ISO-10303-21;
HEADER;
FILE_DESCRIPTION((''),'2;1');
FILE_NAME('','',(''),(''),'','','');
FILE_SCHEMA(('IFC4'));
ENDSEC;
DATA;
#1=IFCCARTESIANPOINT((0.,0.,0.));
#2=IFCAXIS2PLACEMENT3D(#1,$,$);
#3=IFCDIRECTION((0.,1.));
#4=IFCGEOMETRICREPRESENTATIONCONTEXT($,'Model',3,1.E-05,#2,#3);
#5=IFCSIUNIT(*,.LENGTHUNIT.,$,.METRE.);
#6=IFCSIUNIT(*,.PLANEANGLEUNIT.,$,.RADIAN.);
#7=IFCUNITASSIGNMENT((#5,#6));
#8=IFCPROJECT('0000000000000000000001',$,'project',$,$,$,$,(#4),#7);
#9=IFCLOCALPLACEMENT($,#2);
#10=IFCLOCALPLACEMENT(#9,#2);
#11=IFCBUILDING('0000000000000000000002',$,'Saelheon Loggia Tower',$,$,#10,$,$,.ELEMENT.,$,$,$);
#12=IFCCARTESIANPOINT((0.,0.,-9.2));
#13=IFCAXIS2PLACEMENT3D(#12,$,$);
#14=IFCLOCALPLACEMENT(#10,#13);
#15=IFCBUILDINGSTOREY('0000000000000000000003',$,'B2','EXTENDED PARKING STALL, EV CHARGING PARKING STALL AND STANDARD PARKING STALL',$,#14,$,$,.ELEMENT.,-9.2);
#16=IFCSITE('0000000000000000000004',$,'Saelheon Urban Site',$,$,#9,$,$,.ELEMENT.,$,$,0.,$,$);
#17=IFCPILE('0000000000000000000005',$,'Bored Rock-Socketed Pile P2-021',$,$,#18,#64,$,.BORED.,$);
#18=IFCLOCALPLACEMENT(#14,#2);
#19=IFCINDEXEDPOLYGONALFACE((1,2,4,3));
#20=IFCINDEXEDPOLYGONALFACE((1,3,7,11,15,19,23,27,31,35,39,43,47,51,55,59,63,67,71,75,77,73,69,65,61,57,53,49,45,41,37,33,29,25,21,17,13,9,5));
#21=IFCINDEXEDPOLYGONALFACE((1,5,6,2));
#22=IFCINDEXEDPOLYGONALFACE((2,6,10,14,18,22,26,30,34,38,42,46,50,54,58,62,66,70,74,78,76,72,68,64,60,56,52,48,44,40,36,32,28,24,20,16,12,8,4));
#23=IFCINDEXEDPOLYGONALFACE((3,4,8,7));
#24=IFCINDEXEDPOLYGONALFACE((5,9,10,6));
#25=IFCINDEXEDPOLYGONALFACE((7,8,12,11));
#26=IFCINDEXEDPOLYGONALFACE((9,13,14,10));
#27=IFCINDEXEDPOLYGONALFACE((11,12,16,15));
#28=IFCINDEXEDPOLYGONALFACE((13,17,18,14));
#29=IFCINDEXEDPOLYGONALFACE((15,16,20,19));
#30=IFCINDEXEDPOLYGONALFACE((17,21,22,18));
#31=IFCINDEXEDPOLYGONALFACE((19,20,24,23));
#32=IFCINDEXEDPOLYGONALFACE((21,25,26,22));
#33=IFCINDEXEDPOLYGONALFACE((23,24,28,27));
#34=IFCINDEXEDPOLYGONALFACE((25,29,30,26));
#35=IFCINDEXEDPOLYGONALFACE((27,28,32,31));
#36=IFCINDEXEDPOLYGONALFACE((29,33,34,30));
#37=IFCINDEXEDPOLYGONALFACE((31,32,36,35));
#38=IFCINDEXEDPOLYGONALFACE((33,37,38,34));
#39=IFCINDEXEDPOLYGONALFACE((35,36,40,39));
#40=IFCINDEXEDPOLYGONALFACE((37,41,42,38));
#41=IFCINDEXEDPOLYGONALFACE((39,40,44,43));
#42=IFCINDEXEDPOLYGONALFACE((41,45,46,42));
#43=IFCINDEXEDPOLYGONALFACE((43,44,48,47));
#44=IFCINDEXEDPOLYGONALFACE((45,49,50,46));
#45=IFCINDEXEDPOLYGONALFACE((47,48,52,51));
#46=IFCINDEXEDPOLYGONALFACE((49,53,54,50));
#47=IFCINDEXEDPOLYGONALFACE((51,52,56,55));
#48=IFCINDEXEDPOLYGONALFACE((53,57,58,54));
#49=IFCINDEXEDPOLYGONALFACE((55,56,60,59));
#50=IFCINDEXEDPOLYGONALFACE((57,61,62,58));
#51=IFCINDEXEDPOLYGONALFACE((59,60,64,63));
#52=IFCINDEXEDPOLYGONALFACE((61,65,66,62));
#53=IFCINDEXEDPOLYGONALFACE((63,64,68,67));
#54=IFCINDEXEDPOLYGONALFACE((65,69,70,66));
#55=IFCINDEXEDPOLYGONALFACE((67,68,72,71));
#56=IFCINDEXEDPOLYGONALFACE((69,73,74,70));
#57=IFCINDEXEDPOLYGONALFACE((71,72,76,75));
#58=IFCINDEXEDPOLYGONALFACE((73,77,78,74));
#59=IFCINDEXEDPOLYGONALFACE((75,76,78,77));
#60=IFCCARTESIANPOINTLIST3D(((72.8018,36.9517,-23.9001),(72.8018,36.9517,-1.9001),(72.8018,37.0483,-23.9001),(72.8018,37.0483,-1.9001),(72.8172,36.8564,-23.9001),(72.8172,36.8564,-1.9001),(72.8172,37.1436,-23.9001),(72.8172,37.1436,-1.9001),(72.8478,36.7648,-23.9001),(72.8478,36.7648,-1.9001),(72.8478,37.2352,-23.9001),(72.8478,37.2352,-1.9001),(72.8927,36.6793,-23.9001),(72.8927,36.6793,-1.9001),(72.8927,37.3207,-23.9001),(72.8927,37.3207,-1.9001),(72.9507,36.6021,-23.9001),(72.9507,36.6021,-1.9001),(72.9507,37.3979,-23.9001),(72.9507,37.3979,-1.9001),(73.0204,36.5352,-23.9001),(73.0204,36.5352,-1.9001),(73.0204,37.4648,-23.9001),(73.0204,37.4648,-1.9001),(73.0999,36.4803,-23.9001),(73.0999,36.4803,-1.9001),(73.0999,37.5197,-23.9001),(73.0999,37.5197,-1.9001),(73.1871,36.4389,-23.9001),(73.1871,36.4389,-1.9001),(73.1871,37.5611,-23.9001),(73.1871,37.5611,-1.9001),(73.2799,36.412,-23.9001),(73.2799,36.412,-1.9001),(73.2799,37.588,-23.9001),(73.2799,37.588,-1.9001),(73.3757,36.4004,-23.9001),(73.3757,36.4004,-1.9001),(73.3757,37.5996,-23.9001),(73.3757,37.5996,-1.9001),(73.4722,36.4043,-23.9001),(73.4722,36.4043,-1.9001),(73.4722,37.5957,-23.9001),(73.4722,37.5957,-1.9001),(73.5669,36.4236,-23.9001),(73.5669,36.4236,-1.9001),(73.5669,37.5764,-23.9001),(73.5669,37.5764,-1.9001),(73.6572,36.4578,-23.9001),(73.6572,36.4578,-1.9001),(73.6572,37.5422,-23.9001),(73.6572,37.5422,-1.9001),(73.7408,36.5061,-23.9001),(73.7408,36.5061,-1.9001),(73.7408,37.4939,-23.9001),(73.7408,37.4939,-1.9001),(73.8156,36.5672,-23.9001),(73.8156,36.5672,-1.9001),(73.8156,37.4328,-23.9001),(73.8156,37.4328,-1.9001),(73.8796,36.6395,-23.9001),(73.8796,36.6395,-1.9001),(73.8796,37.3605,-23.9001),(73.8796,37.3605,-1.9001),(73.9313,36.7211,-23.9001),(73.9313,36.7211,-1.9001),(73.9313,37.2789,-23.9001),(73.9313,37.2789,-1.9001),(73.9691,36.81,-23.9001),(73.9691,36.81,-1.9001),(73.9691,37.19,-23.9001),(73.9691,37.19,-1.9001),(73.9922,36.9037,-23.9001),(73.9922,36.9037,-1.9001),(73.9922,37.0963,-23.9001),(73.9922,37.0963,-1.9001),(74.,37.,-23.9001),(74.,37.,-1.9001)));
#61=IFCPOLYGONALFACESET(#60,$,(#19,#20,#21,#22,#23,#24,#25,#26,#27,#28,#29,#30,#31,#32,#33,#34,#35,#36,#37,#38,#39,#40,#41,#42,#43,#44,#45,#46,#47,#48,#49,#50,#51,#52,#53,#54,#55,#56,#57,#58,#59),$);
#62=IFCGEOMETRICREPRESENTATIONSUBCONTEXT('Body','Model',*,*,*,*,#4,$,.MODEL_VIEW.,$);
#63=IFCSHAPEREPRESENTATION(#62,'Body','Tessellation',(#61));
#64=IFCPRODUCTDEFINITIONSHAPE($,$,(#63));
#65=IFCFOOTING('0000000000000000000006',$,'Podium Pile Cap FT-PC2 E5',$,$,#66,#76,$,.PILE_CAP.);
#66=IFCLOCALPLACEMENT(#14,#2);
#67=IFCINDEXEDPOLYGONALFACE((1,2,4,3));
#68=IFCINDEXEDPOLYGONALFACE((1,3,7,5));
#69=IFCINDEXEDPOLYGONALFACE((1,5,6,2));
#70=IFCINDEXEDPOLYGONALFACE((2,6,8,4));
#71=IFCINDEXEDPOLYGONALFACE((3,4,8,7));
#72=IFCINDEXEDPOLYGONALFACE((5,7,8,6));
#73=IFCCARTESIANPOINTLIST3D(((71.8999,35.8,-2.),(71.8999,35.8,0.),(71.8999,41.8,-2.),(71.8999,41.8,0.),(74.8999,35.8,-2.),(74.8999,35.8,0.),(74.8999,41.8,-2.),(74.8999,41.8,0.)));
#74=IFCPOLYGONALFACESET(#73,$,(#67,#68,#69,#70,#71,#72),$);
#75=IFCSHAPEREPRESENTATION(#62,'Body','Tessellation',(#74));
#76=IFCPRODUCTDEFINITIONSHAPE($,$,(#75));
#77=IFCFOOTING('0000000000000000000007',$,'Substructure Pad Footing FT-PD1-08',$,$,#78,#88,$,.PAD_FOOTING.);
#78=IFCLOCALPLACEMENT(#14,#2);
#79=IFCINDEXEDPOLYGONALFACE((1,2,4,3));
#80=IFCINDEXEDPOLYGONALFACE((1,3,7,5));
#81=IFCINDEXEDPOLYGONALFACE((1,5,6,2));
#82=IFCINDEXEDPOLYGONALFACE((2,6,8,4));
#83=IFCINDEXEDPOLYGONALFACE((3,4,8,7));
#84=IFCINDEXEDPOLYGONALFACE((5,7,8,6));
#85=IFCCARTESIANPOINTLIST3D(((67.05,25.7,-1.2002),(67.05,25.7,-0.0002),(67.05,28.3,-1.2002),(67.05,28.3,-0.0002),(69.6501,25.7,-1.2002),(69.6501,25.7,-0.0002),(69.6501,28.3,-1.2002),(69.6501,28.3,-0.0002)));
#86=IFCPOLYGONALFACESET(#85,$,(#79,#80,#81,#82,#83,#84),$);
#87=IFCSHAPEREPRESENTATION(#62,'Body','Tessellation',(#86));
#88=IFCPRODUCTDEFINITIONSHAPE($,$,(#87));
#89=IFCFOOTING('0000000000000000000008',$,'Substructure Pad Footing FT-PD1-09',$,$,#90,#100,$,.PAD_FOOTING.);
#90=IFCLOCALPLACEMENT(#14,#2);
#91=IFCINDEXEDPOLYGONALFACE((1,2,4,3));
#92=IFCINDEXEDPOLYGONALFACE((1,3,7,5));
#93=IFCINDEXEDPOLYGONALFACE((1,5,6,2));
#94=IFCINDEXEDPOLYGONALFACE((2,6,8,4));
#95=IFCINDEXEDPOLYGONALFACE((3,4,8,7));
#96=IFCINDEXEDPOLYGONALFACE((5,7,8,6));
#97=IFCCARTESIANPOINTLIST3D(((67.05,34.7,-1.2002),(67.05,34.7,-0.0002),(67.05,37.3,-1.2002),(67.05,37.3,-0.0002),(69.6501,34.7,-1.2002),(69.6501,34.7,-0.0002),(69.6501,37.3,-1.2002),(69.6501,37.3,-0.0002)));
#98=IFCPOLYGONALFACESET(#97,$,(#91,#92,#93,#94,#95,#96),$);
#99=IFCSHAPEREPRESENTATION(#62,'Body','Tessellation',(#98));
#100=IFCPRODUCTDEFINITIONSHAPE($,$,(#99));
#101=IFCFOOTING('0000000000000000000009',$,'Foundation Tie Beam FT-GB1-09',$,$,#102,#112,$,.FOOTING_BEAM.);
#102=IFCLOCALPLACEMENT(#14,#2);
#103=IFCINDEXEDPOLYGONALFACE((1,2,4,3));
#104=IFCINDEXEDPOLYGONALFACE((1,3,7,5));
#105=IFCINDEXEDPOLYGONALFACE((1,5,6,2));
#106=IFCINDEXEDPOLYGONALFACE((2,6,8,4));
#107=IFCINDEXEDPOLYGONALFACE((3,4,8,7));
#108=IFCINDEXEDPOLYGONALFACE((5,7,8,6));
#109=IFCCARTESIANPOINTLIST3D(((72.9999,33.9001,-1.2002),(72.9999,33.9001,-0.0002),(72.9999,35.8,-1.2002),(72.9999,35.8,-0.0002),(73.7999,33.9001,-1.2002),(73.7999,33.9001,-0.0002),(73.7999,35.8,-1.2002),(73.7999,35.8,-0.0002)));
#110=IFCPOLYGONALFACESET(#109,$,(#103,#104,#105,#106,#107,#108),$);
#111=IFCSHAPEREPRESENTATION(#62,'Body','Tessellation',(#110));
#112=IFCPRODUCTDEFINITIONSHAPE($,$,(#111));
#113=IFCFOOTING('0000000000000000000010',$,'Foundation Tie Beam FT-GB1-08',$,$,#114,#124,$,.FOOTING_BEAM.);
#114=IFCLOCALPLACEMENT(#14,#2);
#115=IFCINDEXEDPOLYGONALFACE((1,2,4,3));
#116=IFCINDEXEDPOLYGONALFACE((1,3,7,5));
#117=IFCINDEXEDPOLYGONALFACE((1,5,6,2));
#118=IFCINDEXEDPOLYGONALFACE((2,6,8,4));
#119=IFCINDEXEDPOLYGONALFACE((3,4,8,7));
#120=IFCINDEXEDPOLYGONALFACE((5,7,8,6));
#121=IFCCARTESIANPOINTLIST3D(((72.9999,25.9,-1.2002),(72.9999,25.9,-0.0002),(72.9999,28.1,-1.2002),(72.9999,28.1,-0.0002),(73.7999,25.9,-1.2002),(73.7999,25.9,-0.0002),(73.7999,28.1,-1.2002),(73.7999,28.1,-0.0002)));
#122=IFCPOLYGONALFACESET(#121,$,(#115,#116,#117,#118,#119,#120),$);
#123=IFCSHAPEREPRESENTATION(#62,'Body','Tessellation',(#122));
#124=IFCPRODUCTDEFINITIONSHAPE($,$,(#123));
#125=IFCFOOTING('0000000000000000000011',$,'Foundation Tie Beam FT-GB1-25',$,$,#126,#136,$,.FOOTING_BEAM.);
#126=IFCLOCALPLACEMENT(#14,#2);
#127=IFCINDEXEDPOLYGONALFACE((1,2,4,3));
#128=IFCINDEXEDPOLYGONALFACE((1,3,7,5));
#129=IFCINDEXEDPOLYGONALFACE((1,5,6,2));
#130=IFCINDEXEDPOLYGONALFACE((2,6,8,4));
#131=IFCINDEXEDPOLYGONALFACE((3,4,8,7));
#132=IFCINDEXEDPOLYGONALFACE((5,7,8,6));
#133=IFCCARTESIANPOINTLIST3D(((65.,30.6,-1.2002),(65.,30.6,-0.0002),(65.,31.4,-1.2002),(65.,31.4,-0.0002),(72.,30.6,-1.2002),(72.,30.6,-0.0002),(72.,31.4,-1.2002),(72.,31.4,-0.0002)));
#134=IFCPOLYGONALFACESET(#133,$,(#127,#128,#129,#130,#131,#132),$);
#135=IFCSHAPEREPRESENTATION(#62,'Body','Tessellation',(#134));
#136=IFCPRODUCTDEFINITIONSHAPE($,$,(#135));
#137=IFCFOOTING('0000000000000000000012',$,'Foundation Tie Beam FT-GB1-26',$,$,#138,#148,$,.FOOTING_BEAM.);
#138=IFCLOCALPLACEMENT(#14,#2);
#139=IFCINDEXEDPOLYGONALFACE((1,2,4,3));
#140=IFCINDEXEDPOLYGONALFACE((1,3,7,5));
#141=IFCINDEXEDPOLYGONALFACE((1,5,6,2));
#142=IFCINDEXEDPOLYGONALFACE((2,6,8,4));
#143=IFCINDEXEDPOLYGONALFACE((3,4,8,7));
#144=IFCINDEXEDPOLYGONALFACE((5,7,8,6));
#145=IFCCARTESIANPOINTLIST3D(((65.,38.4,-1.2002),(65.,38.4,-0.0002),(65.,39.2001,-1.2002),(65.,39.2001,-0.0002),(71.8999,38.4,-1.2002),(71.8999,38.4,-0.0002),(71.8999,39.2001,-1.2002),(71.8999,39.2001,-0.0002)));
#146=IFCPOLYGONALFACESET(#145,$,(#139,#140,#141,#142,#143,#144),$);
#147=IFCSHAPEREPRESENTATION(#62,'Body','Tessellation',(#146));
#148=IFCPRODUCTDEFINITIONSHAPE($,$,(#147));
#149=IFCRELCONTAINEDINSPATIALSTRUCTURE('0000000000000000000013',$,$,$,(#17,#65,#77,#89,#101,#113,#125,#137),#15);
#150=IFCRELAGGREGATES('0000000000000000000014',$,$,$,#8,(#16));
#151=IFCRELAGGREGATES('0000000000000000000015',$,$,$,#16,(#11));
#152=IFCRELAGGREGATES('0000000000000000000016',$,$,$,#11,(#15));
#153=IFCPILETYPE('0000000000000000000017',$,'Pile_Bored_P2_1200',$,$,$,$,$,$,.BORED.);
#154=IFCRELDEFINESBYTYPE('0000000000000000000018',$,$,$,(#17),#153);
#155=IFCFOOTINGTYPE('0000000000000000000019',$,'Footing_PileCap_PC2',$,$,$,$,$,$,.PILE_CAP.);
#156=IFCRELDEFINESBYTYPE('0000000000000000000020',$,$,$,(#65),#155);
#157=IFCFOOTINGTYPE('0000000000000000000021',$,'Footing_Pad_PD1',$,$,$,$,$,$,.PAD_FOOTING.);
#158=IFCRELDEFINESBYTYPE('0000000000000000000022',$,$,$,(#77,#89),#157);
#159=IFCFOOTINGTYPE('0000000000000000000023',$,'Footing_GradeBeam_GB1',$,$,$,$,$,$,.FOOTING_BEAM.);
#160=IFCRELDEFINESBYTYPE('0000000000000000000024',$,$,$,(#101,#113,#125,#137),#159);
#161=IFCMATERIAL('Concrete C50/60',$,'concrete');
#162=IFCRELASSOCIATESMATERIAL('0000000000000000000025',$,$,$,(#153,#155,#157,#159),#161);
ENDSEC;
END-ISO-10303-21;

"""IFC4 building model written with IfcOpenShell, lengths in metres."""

from ifc_helpers import new_model, si_unit, direction, frame, origin, origin_2d, place, context, subcontext, project, spatial, rectangle, circle, extrude, source, transform, mapped, material, material_profile, profile_set, type_object, element, save


model = new_model("IFC4")

# Units and contexts
model_context = context("Model", 3, precision=1e-05, world=origin(), true_north=direction((0.0, 1.0)))
body_context = subcontext(model_context, "Body", "Model", "MODEL_VIEW")
ifc_project = project(units=[si_unit("LENGTHUNIT", "METRE"), si_unit("PLANEANGLEUNIT", "RADIAN")], contexts=[model_context])

# Site, building, storey
site_placement = place(None, origin())
site = spatial("IfcSite", under=ifc_project, at=site_placement, Name="Saelheon Urban Site", CompositionType="ELEMENT", RefElevation=0.0)
building_placement = place(site_placement, origin())
building = spatial("IfcBuilding", under=site, at=building_placement, Name="Saelheon Loggia Tower", CompositionType="ELEMENT")
storey_placement = place(building_placement, frame((0.0, 0.0, -9.2)))
storey = spatial("IfcBuildingStorey", under=building, at=storey_placement, Name="B2", Description="EXTENDED PARKING STALL, EV CHARGING PARKING STALL AND STANDARD PARKING STALL", CompositionType="ELEMENT", Elevation=-9.2)

# Shared definitions
ifc_material_1 = material(Name="Concrete C50/60", Category="concrete")

# Pile
ifc_material_profile_1 = material_profile(ifc_material_1, circle(Radius=0.6001, at=origin_2d()), Name="CIRC-1200")
ifc_profile_set_1 = profile_set([ifc_material_profile_1], Name="Concrete C50/60")
pile_type_1 = type_object("IfcPileType", Name="Pile_Bored_P2_1200", PredefinedType="BORED", material=ifc_profile_set_1)
shared_shape_1 = source(origin(), body_context, "Body", "SweptSolid", [
    extrude(circle(Radius=0.6001, at=origin_2d()), origin(), (0.0, 0.0, 1.0), 22.0),
])
for number, where, z_axis, x_axis, name in (
    (1, (73.3999, 37.0, -1.9001), (0.0, 0.0, -1.0), (1.0, 0.0, 0.0), "Bored Rock-Socketed Pile P2-021"),
):
    element("IfcPile", number, at=place(storey_placement, frame(where, z_axis=z_axis, x_axis=x_axis)), inside=storey, type_object=pile_type_1, Name=name, PredefinedType="BORED", context=body_context, shape_type="MappedRepresentation", body=[
        mapped(shared_shape_1, transform((0.0, 0.0, 0.0), scale=1.0)),
    ])

# Footings
footing_type_1 = type_object("IfcFootingType", Name="Footing_PileCap_PC2", PredefinedType="PILE_CAP", material=ifc_material_1)
shared_shape_2 = source(origin(), body_context, "Body", "SweptSolid", [
    extrude(rectangle(XDim=3.0, YDim=6.0, at=origin_2d()), origin(), (0.0, 0.0, 1.0), 2.0),
])
footing_1_placement = place(storey_placement, frame((73.3999, 38.8, -2.0), z_axis=(0.0, 0.0, 1.0), x_axis=(1.0, 0.0, 0.0)))
element("IfcFooting", 2, at=footing_1_placement, inside=storey, type_object=footing_type_1, Name="Podium Pile Cap FT-PC2 E5", PredefinedType="PILE_CAP", context=body_context, shape_type="MappedRepresentation", body=[
    mapped(shared_shape_2, transform((0.0, 0.0, 0.0), scale=1.0)),
])
footing_type_2 = type_object("IfcFootingType", Name="Footing_Pad_PD1", PredefinedType="PAD_FOOTING", material=ifc_material_1)
shared_shape_3 = source(origin(), body_context, "Body", "SweptSolid", [
    extrude(rectangle(XDim=2.6001, YDim=2.6001, at=origin_2d()), origin(), (0.0, 0.0, 1.0), 1.2),
])
for number, where, z_axis, x_axis, name in (
    (3, (68.3501, 27.0, -1.2002), (0.0, 0.0, 1.0), (1.0, 0.0, 0.0), "Substructure Pad Footing FT-PD1-08"),
    (4, (68.3501, 36.0, -1.2002), (0.0, 0.0, 1.0), (1.0, 0.0, 0.0), "Substructure Pad Footing FT-PD1-09"),
):
    element("IfcFooting", number, at=place(storey_placement, frame(where, z_axis=z_axis, x_axis=x_axis)), inside=storey, type_object=footing_type_2, Name=name, PredefinedType="PAD_FOOTING", context=body_context, shape_type="MappedRepresentation", body=[
        mapped(shared_shape_3, transform((0.0, 0.0, 0.0), scale=1.0)),
    ])
footing_type_3 = type_object("IfcFootingType", Name="Footing_GradeBeam_GB1", PredefinedType="FOOTING_BEAM", material=ifc_material_1)
shared_shape_4 = source(origin(), body_context, "Body", "SweptSolid", [
    extrude(rectangle(XDim=0.8, YDim=1.8999, at=origin_2d()), origin(), (0.0, 0.0, 1.0), 1.2),
])
footing_2_placement = place(storey_placement, frame((73.3999, 34.8501, -1.2002), z_axis=(0.0, 0.0, 1.0), x_axis=(1.0, 0.0, 0.0)))
element("IfcFooting", 5, at=footing_2_placement, inside=storey, type_object=footing_type_3, Name="Foundation Tie Beam FT-GB1-09", PredefinedType="FOOTING_BEAM", context=body_context, shape_type="MappedRepresentation", body=[
    mapped(shared_shape_4, transform((0.0, 0.0, 0.0), scale=1.0)),
])
shared_shape_5 = source(origin(), body_context, "Body", "SweptSolid", [
    extrude(rectangle(XDim=0.8, YDim=2.2, at=origin_2d()), origin(), (0.0, 0.0, 1.0), 1.2),
])
footing_3_placement = place(storey_placement, frame((73.3999, 27.0, -1.2002), z_axis=(0.0, 0.0, 1.0), x_axis=(1.0, 0.0, 0.0)))
element("IfcFooting", 6, at=footing_3_placement, inside=storey, type_object=footing_type_3, Name="Foundation Tie Beam FT-GB1-08", PredefinedType="FOOTING_BEAM", context=body_context, shape_type="MappedRepresentation", body=[
    mapped(shared_shape_5, transform((0.0, 0.0, 0.0), scale=1.0)),
])
shared_shape_6 = source(origin(), body_context, "Body", "SweptSolid", [
    extrude(rectangle(XDim=7.0, YDim=0.8, at=origin_2d()), origin(), (0.0, 0.0, 1.0), 1.2),
])
footing_4_placement = place(storey_placement, frame((68.5, 31.0, -1.2002), z_axis=(0.0, 0.0, 1.0), x_axis=(1.0, 0.0, 0.0)))
element("IfcFooting", 7, at=footing_4_placement, inside=storey, type_object=footing_type_3, Name="Foundation Tie Beam FT-GB1-25", PredefinedType="FOOTING_BEAM", context=body_context, shape_type="MappedRepresentation", body=[
    mapped(shared_shape_6, transform((0.0, 0.0, 0.0), scale=1.0)),
])
shared_shape_7 = source(origin(), body_context, "Body", "SweptSolid", [
    extrude(rectangle(XDim=6.8999, YDim=0.8, at=origin_2d()), origin(), (0.0, 0.0, 1.0), 1.2),
])
footing_5_placement = place(storey_placement, frame((68.45, 38.8, -1.2002), z_axis=(0.0, 0.0, 1.0), x_axis=(1.0, 0.0, 0.0)))
element("IfcFooting", 8, at=footing_5_placement, inside=storey, type_object=footing_type_3, Name="Foundation Tie Beam FT-GB1-26", PredefinedType="FOOTING_BEAM", context=body_context, shape_type="MappedRepresentation", body=[
    mapped(shared_shape_7, transform((0.0, 0.0, 0.0), scale=1.0)),
])

save(model, "model.ifc")
